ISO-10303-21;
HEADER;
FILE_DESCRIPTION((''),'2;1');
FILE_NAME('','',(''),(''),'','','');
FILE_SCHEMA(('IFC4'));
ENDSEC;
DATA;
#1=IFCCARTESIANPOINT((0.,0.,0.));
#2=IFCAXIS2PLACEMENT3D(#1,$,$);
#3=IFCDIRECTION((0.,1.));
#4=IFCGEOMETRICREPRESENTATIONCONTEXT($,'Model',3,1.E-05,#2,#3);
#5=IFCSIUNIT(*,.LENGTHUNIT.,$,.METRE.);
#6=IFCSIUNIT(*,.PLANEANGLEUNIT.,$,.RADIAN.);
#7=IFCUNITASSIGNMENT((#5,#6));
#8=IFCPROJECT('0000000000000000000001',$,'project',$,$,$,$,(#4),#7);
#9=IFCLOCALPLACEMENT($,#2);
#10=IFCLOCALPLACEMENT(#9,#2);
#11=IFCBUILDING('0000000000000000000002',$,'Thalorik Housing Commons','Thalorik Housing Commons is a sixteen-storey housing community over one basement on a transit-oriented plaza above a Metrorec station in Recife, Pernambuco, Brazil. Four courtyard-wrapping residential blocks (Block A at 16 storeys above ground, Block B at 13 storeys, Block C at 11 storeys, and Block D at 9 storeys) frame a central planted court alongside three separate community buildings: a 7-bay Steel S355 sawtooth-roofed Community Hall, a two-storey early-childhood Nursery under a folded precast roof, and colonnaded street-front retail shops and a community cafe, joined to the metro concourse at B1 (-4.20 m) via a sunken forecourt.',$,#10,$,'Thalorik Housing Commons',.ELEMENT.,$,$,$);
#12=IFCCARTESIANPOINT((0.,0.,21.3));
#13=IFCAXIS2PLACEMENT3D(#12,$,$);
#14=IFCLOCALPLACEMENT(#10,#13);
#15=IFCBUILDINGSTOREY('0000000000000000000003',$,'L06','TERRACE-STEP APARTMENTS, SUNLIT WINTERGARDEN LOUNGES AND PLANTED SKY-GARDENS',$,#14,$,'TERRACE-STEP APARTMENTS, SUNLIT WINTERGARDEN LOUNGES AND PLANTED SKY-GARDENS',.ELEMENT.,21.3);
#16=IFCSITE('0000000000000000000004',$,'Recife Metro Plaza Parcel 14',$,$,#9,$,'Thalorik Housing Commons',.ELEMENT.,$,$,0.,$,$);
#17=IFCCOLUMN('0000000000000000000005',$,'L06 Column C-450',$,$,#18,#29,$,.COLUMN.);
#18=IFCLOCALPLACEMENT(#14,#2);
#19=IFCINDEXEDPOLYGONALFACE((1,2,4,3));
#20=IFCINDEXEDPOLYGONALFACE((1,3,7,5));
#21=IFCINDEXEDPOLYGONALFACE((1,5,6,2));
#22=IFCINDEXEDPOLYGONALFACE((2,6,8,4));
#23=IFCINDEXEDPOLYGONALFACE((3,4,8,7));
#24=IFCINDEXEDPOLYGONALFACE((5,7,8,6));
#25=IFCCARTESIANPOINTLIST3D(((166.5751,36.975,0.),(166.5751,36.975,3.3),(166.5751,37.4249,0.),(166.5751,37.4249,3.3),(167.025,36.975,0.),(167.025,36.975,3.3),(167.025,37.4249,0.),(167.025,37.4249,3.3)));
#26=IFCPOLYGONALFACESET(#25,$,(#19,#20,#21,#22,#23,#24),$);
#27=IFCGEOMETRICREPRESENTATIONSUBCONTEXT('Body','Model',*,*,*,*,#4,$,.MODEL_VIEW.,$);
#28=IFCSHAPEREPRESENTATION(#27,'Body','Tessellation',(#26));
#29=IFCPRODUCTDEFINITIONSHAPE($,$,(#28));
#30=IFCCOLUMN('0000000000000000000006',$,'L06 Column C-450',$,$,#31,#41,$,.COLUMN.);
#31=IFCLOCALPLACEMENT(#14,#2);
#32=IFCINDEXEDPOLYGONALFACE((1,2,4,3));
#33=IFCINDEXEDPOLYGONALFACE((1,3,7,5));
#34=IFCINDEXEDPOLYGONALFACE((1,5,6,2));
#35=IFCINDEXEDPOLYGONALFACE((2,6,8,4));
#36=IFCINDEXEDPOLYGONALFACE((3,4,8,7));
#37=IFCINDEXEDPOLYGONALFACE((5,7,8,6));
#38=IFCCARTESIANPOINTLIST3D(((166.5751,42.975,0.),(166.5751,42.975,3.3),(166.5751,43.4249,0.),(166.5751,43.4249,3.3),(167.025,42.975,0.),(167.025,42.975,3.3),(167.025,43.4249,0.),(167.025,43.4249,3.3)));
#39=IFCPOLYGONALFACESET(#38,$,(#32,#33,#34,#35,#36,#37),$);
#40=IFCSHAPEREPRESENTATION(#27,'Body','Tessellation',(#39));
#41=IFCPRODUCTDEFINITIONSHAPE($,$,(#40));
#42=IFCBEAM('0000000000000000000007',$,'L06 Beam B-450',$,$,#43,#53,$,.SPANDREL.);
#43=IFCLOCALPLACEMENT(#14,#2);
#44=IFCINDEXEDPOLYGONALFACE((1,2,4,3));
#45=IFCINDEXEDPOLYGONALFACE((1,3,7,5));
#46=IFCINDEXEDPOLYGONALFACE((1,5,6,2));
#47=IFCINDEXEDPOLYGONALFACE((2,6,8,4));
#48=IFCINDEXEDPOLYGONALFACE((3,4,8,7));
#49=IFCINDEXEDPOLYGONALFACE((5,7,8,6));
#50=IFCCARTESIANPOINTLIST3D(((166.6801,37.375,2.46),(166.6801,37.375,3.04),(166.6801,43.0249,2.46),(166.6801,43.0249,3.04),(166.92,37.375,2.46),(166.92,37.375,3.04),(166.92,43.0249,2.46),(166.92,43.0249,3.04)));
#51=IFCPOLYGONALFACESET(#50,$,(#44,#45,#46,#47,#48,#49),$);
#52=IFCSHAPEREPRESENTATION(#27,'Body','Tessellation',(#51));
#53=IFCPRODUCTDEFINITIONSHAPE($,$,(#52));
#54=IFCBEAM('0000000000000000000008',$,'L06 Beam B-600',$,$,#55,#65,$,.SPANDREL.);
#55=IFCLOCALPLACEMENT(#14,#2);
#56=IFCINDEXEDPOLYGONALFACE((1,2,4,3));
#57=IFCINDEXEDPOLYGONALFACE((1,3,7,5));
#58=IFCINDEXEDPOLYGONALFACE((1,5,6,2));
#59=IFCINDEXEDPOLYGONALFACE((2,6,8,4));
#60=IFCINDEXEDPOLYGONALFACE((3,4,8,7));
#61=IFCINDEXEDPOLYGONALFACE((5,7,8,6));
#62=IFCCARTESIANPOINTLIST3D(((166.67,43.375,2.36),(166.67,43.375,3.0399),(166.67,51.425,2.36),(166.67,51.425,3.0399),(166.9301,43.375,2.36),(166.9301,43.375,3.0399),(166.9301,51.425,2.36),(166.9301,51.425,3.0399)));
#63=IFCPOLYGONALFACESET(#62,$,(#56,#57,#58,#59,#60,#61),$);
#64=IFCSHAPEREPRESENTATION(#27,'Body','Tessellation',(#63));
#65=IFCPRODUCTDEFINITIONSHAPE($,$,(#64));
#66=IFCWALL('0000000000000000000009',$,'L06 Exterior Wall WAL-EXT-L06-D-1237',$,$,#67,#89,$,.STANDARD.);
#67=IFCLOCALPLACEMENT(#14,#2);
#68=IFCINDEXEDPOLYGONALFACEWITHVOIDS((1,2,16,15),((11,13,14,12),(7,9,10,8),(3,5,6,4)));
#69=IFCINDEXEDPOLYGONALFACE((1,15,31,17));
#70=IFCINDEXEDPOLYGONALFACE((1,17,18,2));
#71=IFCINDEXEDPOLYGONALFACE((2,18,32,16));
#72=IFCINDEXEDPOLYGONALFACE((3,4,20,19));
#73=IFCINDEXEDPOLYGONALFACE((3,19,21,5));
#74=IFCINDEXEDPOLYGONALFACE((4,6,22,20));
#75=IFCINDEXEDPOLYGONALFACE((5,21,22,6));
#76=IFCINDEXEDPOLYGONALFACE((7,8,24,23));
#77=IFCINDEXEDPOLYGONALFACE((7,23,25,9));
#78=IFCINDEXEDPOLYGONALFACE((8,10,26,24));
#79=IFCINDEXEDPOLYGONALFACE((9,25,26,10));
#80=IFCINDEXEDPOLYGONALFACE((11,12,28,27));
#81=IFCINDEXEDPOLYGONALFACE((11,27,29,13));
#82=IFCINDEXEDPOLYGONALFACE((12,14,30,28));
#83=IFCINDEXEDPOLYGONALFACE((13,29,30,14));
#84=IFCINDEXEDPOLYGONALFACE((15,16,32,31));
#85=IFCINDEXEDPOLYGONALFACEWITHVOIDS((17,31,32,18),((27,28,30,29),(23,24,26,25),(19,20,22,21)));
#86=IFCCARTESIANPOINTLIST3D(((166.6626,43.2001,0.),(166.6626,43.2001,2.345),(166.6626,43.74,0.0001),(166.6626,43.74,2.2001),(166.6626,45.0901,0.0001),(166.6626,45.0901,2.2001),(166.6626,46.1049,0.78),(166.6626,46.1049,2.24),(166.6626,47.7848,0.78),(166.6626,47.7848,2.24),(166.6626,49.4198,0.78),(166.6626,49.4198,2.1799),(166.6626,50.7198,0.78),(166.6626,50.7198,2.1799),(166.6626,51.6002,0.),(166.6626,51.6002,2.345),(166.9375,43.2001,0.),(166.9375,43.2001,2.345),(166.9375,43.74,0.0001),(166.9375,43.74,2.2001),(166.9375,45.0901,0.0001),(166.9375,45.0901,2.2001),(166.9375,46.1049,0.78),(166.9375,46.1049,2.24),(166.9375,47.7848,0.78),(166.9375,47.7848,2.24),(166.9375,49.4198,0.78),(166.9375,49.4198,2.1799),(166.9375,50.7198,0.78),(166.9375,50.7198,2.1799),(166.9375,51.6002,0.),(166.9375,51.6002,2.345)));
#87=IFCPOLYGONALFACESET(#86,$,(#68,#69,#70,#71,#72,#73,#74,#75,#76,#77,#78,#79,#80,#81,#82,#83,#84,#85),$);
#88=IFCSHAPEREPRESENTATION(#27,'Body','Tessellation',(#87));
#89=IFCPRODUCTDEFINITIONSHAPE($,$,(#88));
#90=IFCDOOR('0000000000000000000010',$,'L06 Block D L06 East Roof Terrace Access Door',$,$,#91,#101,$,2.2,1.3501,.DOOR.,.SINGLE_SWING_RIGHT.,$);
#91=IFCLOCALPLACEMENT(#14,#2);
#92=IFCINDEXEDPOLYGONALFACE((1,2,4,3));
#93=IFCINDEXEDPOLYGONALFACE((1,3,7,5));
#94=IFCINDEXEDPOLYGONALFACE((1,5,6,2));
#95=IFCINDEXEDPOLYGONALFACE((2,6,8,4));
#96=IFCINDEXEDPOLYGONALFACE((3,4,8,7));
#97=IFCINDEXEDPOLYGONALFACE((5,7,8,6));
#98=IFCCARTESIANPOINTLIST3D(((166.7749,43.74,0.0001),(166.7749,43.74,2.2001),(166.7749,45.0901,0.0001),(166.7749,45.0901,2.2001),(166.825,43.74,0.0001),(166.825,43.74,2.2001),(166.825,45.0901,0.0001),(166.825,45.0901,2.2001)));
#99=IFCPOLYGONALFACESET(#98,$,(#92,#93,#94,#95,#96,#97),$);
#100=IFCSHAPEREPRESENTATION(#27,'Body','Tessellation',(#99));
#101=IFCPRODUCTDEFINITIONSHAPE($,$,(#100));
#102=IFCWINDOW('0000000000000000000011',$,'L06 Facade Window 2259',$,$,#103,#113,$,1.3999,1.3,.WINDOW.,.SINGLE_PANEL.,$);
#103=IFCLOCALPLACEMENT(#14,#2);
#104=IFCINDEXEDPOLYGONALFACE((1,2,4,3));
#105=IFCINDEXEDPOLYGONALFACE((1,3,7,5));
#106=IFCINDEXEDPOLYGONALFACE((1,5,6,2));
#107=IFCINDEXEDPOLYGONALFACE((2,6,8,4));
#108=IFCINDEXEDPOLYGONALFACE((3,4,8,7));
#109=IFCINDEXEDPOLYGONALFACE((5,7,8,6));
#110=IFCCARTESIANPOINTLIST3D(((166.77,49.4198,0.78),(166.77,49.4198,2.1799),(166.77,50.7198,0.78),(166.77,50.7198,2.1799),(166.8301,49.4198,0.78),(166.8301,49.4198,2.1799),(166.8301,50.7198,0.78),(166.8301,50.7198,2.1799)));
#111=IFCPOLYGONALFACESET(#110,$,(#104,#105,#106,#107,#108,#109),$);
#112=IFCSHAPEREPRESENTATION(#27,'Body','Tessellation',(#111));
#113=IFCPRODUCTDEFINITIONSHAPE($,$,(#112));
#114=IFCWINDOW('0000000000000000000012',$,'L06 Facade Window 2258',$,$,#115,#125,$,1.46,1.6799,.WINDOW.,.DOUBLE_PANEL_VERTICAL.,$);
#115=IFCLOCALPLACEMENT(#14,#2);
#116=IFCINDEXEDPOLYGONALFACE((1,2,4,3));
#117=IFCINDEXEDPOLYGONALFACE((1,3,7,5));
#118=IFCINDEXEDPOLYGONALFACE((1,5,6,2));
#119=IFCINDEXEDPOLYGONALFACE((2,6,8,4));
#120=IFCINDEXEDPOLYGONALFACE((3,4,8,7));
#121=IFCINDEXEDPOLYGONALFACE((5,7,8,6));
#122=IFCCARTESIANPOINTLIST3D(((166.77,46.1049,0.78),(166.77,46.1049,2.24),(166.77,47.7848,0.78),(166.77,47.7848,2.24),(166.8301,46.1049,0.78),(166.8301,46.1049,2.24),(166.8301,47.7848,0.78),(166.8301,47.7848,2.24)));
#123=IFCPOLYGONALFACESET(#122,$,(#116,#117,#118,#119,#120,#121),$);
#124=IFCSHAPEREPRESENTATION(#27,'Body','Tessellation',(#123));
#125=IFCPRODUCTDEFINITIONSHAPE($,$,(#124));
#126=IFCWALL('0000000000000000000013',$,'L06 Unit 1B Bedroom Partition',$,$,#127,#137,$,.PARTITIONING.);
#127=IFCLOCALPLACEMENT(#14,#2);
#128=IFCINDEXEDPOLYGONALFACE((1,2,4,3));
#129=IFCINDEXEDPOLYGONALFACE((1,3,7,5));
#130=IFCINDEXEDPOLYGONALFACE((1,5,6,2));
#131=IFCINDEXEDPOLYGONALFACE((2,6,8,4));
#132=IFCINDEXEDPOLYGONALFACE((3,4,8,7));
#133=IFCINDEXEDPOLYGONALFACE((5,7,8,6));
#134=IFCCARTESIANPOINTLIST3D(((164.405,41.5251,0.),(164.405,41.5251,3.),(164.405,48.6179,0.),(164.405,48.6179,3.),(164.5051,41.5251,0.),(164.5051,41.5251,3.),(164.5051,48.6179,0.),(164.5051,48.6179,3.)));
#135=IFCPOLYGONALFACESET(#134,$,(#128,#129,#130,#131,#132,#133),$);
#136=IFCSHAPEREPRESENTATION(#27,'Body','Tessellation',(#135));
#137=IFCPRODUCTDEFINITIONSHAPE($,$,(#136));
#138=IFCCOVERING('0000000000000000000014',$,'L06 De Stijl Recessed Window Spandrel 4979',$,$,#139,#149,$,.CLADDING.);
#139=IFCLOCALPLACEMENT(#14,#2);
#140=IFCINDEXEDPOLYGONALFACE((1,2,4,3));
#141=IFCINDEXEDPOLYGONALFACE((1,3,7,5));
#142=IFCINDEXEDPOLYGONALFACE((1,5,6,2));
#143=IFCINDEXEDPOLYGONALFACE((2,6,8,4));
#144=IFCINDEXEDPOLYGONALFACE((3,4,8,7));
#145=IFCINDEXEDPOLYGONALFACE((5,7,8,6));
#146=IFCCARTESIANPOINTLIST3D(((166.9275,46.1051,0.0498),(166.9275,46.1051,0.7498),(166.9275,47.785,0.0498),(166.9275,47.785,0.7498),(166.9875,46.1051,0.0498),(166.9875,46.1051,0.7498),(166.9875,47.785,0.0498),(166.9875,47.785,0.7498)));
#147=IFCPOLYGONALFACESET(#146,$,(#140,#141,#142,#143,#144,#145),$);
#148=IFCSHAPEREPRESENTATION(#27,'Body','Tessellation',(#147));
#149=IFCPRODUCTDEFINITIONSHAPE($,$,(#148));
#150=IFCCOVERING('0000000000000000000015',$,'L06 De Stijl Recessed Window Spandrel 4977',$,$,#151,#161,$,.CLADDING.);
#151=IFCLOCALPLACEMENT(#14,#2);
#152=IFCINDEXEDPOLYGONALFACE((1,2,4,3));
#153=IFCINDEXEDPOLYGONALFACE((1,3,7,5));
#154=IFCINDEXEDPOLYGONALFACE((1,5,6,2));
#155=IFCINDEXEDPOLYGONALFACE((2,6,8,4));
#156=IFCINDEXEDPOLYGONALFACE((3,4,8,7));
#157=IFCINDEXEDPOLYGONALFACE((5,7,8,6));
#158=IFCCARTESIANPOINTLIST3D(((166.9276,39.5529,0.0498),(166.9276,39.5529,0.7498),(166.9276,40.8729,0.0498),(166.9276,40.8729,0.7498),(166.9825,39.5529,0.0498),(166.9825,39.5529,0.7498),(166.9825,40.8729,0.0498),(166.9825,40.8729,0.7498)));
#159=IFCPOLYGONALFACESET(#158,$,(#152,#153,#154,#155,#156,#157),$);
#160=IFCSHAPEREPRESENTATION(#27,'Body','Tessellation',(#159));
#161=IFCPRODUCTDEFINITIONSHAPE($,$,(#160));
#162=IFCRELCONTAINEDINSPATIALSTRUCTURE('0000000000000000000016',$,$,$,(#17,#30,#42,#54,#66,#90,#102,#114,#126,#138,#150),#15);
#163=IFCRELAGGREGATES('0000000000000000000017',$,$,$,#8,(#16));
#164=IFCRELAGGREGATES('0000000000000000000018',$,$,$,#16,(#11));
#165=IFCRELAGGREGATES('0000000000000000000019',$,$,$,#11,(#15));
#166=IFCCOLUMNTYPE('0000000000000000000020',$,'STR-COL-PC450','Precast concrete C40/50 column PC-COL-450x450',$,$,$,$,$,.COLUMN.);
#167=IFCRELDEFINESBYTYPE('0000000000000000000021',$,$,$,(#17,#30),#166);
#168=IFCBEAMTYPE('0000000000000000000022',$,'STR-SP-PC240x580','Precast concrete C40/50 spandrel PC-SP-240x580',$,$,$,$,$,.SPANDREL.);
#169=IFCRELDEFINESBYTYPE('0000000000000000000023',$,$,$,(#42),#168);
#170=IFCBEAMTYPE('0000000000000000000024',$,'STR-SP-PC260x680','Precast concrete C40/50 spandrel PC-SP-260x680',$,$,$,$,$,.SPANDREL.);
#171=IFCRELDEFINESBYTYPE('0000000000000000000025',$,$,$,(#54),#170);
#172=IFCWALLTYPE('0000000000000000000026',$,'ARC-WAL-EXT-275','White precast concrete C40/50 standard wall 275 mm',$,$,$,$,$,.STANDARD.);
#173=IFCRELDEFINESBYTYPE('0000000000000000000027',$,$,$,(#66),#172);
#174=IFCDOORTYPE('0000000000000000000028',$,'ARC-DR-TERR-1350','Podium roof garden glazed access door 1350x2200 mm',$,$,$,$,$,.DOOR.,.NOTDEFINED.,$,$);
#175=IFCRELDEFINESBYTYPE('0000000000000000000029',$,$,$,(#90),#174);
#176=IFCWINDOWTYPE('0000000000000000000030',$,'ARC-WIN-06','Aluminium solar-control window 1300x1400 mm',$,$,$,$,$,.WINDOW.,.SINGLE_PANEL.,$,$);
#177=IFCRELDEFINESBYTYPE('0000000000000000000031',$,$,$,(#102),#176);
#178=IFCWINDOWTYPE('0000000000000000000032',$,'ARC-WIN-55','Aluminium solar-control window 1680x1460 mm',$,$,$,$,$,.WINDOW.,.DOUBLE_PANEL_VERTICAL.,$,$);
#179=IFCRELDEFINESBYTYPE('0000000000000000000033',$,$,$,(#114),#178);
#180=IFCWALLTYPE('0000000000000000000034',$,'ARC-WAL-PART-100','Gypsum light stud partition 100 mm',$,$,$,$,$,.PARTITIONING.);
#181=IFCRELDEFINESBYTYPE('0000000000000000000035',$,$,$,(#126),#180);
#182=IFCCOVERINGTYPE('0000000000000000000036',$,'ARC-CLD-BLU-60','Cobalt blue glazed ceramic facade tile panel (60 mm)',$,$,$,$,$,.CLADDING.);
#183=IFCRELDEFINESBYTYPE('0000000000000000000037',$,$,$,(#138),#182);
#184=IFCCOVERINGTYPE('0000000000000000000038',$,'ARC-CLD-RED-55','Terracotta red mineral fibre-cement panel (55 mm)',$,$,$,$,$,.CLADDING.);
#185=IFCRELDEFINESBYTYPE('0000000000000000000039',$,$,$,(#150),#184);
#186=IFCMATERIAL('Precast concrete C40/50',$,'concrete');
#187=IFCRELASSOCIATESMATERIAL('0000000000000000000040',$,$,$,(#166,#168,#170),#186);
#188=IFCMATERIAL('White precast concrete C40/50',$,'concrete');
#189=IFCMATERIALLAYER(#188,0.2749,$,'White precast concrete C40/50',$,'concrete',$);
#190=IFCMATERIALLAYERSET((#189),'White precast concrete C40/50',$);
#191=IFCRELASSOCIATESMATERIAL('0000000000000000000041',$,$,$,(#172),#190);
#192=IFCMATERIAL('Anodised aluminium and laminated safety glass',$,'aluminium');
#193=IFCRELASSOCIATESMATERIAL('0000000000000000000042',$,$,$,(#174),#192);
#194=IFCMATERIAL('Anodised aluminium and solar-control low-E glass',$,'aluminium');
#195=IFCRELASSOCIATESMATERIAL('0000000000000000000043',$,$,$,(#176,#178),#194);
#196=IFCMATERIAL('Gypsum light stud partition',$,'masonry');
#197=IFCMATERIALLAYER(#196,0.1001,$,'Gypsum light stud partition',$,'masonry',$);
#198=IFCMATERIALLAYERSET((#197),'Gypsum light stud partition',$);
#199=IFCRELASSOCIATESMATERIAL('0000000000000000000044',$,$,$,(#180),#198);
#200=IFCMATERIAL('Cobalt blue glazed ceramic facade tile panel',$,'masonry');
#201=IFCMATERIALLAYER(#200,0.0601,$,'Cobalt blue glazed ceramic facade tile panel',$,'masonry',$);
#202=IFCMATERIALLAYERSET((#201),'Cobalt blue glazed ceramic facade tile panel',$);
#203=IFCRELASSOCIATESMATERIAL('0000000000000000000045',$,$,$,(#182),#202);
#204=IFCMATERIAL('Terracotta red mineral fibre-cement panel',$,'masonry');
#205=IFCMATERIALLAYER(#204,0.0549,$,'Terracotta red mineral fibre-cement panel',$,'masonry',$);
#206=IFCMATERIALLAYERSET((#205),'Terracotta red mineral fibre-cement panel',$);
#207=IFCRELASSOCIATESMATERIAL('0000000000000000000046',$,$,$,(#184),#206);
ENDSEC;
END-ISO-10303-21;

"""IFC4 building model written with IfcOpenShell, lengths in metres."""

from ifc_helpers import new_model, si_unit, direction, frame, frame_2d, origin, origin_2d, place, context, subcontext, project, spatial, rectangle, extrude, material, layer, layer_set, material_profile, profile_set, type_object, element, fill, save


model = new_model("IFC4")

# Units and contexts
model_context = context("Model", 3, precision=1e-05, world=origin(), true_north=direction((0.0, 1.0)))
body_context = subcontext(model_context, "Body", "Model", "MODEL_VIEW")
ifc_project = project(units=[si_unit("LENGTHUNIT", "METRE"), si_unit("PLANEANGLEUNIT", "RADIAN")], contexts=[model_context])

# Site, building, storey
site_placement = place(None, origin())
site = spatial("IfcSite", under=ifc_project, at=site_placement, Name="Recife Metro Plaza Parcel 14", LongName="Thalorik Housing Commons", CompositionType="ELEMENT", RefElevation=0.0)
building_placement = place(site_placement, origin())
building = spatial("IfcBuilding", under=site, at=building_placement, Name="Thalorik Housing Commons", Description="Thalorik Housing Commons is a sixteen-storey housing community over one basement on a transit-oriented plaza above a Metrorec station in Recife, Pernambuco, Brazil. Four courtyard-wrapping residential blocks (Block A at 16 storeys above ground, Block B at 13 storeys, Block C at 11 storeys, and Block D at 9 storeys) frame a central planted court alongside three separate community buildings: a 7-bay Steel S355 sawtooth-roofed Community Hall, a two-storey early-childhood Nursery under a folded precast roof, and colonnaded street-front retail shops and a community cafe, joined to the metro concourse at B1 (-4.20 m) via a sunken forecourt.", LongName="Thalorik Housing Commons", CompositionType="ELEMENT")
storey_placement = place(building_placement, frame((0.0, 0.0, 21.3)))
storey = spatial("IfcBuildingStorey", under=building, at=storey_placement, Name="L06", Description="TERRACE-STEP APARTMENTS, SUNLIT WINTERGARDEN LOUNGES AND PLANTED SKY-GARDENS", LongName="TERRACE-STEP APARTMENTS, SUNLIT WINTERGARDEN LOUNGES AND PLANTED SKY-GARDENS", CompositionType="ELEMENT", Elevation=21.3)

# Columns
ifc_material_1 = material(Name="Precast concrete C40/50", Category="concrete")
ifc_material_profile_1 = material_profile(ifc_material_1, rectangle(XDim=0.45, YDim=0.45, at=origin_2d()), Name="PC 450x450", Category="concrete")
ifc_profile_set_1 = profile_set([ifc_material_profile_1], Name="Precast concrete C40/50")
column_type = type_object("IfcColumnType", Name="STR-COL-PC450", Description="Precast concrete C40/50 column PC-COL-450x450", PredefinedType="COLUMN", material=ifc_profile_set_1)
for number, where, z_axis, x_axis, name in (
    (1, (166.8, 37.2, 0.0), (0.0, 0.0, 1.0), (1.0, 0.0, 0.0), "L06 Column C-450"),
    (2, (166.8, 43.2, 0.0), (0.0, 0.0, 1.0), (1.0, 0.0, 0.0), "L06 Column C-450"),
):
    element("IfcColumn", number, at=place(storey_placement, frame(where, z_axis=z_axis, x_axis=x_axis)), inside=storey, type_object=column_type, Name=name, PredefinedType="COLUMN", context=body_context, shape_type="SweptSolid", body=[
        extrude(rectangle(XDim=0.45, YDim=0.45, at=origin_2d()), origin(), (0.0, 0.0, 1.0), 3.3),
    ])

# Beams
ifc_material_profile_2 = material_profile(ifc_material_1, rectangle(XDim=0.24, YDim=0.5801, at=origin_2d()), Name="PC SP 240x580", Category="concrete")
ifc_profile_set_2 = profile_set([ifc_material_profile_2], Name="Precast concrete C40/50")
beam_type_1 = type_object("IfcBeamType", Name="STR-SP-PC240x580", Description="Precast concrete C40/50 spandrel PC-SP-240x580", PredefinedType="SPANDREL", material=ifc_profile_set_2)
beam_1_placement = place(storey_placement, frame((166.8, 37.375, 2.75), z_axis=(0.0, 1.0, 0.0), x_axis=(-1.0, 0.0, 0.0)))
element("IfcBeam", 3, at=beam_1_placement, inside=storey, type_object=beam_type_1, Name="L06 Beam B-450", PredefinedType="SPANDREL", context=body_context, shape_type="SweptSolid", body=[
    extrude(rectangle(XDim=0.24, YDim=0.5801, at=origin_2d()), origin(), (0.0, 0.0, 1.0), 5.6499),
])
ifc_material_profile_3 = material_profile(ifc_material_1, rectangle(XDim=0.26, YDim=0.6799, at=origin_2d()), Name="PC SP 260x680", Category="concrete")
ifc_profile_set_3 = profile_set([ifc_material_profile_3], Name="Precast concrete C40/50")
beam_type_2 = type_object("IfcBeamType", Name="STR-SP-PC260x680", Description="Precast concrete C40/50 spandrel PC-SP-260x680", PredefinedType="SPANDREL", material=ifc_profile_set_3)
beam_2_placement = place(storey_placement, frame((166.8, 43.375, 2.7), z_axis=(0.0, 1.0, 0.0), x_axis=(-1.0, 0.0, 0.0)))
element("IfcBeam", 4, at=beam_2_placement, inside=storey, type_object=beam_type_2, Name="L06 Beam B-600", PredefinedType="SPANDREL", context=body_context, shape_type="SweptSolid", body=[
    extrude(rectangle(XDim=0.26, YDim=0.6799, at=origin_2d()), origin(), (0.0, 0.0, 1.0), 8.05),
])

# Wall, openings, door, windows
ifc_material_2 = material(Name="White precast concrete C40/50", Category="concrete")
ifc_layer_1 = layer(ifc_material_2, 0.2749, Name="White precast concrete C40/50", Category="concrete")
ifc_layer_set_1 = layer_set([ifc_layer_1], Name="White precast concrete C40/50")
wall_type_1 = type_object("IfcWallType", Name="ARC-WAL-EXT-275", Description="White precast concrete C40/50 standard wall 275 mm", PredefinedType="STANDARD", material=ifc_layer_set_1)
ifc_material_3 = material(Name="Anodised aluminium and laminated safety glass", Category="aluminium")
ifc_material_4 = material(Name="Anodised aluminium and solar-control low-E glass", Category="aluminium")
wall_1_placement = place(storey_placement, frame((166.8, 43.2, 0.0), z_axis=(0.0, 0.0, 1.0), x_axis=(0.0, 1.0, 0.0)))
wall_1 = element("IfcWall", 5, at=wall_1_placement, inside=storey, type_object=wall_type_1, Name="L06 Exterior Wall WAL-EXT-L06-D-1237", PredefinedType="STANDARD", context=body_context, shape_type="SweptSolid", body=[
    extrude(rectangle(XDim=8.4001, YDim=0.2749, at=frame_2d((4.2002, 0.0))), origin(), (0.0, 0.0, 1.0), 2.345),
])
opening_1_placement = place(wall_1_placement, frame((0.54, 0.0, 0.0)))
opening_1 = element("IfcOpeningElement", 6, at=opening_1_placement, cuts=wall_1, PredefinedType="OPENING", context=body_context, shape_type="SweptSolid", body=[
    extrude(rectangle(XDim=1.3501, YDim=2.2, at=frame_2d((0.675, 1.1001))), frame((0.0, 0.1475, 0.0), z_axis=(0.0, -1.0, 0.0), x_axis=(1.0, 0.0, 0.0)), (0.0, 0.0, 1.0), 0.2949),
])
opening_2_placement = place(wall_1_placement, frame((2.905, 0.0, 0.78)))
opening_2 = element("IfcOpeningElement", 7, at=opening_2_placement, cuts=wall_1, PredefinedType="OPENING", context=body_context, shape_type="SweptSolid", body=[
    extrude(rectangle(XDim=1.6799, YDim=1.46, at=frame_2d((0.8398, 0.73))), frame((0.0, 0.1475, 0.0), z_axis=(0.0, -1.0, 0.0), x_axis=(1.0, 0.0, 0.0)), (0.0, 0.0, 1.0), 0.2949),
])
opening_3_placement = place(wall_1_placement, frame((6.22, 0.0, 0.78)))
opening_3 = element("IfcOpeningElement", 8, at=opening_3_placement, cuts=wall_1, PredefinedType="OPENING", context=body_context, shape_type="SweptSolid", body=[
    extrude(rectangle(XDim=1.3, YDim=1.3999, at=frame_2d((0.6499, 0.7))), frame((0.0, 0.1475, 0.0), z_axis=(0.0, -1.0, 0.0), x_axis=(1.0, 0.0, 0.0)), (0.0, 0.0, 1.0), 0.2949),
])
door_type_1 = type_object("IfcDoorType", Name="ARC-DR-TERR-1350", Description="Podium roof garden glazed access door 1350x2200 mm", OperationType="NOTDEFINED", PredefinedType="DOOR", material=ifc_material_3)
door_1_placement = place(opening_1_placement, frame((1.3501, 0.0, 0.0), z_axis=(0.0, 0.0, 1.0), x_axis=(-1.0, 0.0, 0.0)))
door_1 = element("IfcDoor", 9, at=door_1_placement, inside=storey, type_object=door_type_1, Name="L06 Block D L06 East Roof Terrace Access Door", OperationType="SINGLE_SWING_RIGHT", OverallHeight=2.2, OverallWidth=1.3501, PredefinedType="DOOR", context=body_context, shape_type="SweptSolid", body=[
    extrude(rectangle(XDim=1.3501, YDim=2.2, at=frame_2d((0.675, 1.1001))), frame((0.0, 0.0249, 0.0), z_axis=(0.0, -1.0, 0.0), x_axis=(1.0, 0.0, 0.0)), (0.0, 0.0, 1.0), 0.05),
])
fill(opening_1, door_1)
window_type_1 = type_object("IfcWindowType", Name="ARC-WIN-06", Description="Aluminium solar-control window 1300x1400 mm", PartitioningType="SINGLE_PANEL", PredefinedType="WINDOW", material=ifc_material_4)
window_1_placement = place(opening_3_placement, origin())
window_1 = element("IfcWindow", 10, at=window_1_placement, inside=storey, type_object=window_type_1, Name="L06 Facade Window 2259", OverallHeight=1.3999, OverallWidth=1.3, PartitioningType="SINGLE_PANEL", PredefinedType="WINDOW", context=body_context, shape_type="SweptSolid", body=[
    extrude(rectangle(XDim=1.3, YDim=1.3999, at=frame_2d((0.6499, 0.7))), frame((0.0, 0.03, 0.0), z_axis=(0.0, -1.0, 0.0), x_axis=(1.0, 0.0, 0.0)), (0.0, 0.0, 1.0), 0.0601),
])
fill(opening_3, window_1)
window_type_2 = type_object("IfcWindowType", Name="ARC-WIN-55", Description="Aluminium solar-control window 1680x1460 mm", PartitioningType="DOUBLE_PANEL_VERTICAL", PredefinedType="WINDOW", material=ifc_material_4)
window_2_placement = place(opening_2_placement, origin())
window_2 = element("IfcWindow", 11, at=window_2_placement, inside=storey, type_object=window_type_2, Name="L06 Facade Window 2258", OverallHeight=1.46, OverallWidth=1.6799, PartitioningType="DOUBLE_PANEL_VERTICAL", PredefinedType="WINDOW", context=body_context, shape_type="SweptSolid", body=[
    extrude(rectangle(XDim=1.6799, YDim=1.46, at=frame_2d((0.8398, 0.73))), frame((0.0, 0.03, 0.0), z_axis=(0.0, -1.0, 0.0), x_axis=(1.0, 0.0, 0.0)), (0.0, 0.0, 1.0), 0.0601),
])
fill(opening_2, window_2)

# Wall
ifc_material_5 = material(Name="Gypsum light stud partition", Category="masonry")
ifc_layer_2 = layer(ifc_material_5, 0.1001, Name="Gypsum light stud partition", Category="masonry")
ifc_layer_set_2 = layer_set([ifc_layer_2], Name="Gypsum light stud partition")
wall_type_2 = type_object("IfcWallType", Name="ARC-WAL-PART-100", Description="Gypsum light stud partition 100 mm", PredefinedType="PARTITIONING", material=ifc_layer_set_2)
wall_2_placement = place(storey_placement, frame((164.4551, 41.5251, 0.0), z_axis=(0.0, 0.0, 1.0), x_axis=(0.0, 1.0, 0.0)))
element("IfcWall", 12, at=wall_2_placement, inside=storey, type_object=wall_type_2, Name="L06 Unit 1B Bedroom Partition", PredefinedType="PARTITIONING", context=body_context, shape_type="SweptSolid", body=[
    extrude(rectangle(XDim=7.0928, YDim=0.1001, at=frame_2d((3.5464, 0.0))), origin(), (0.0, 0.0, 1.0), 3.0),
])

# Coverings
ifc_material_6 = material(Name="Cobalt blue glazed ceramic facade tile panel", Category="masonry")
ifc_layer_3 = layer(ifc_material_6, 0.0601, Name="Cobalt blue glazed ceramic facade tile panel", Category="masonry")
ifc_layer_set_3 = layer_set([ifc_layer_3], Name="Cobalt blue glazed ceramic facade tile panel")
covering_type_1 = type_object("IfcCoveringType", Name="ARC-CLD-BLU-60", Description="Cobalt blue glazed ceramic facade tile panel (60 mm)", PredefinedType="CLADDING", material=ifc_layer_set_3)
covering_1_placement = place(storey_placement, frame((166.9575, 46.9451, 0.0498), z_axis=(0.0, 0.0, 1.0), x_axis=(0.0, 1.0, 0.0)))
element("IfcCovering", 13, at=covering_1_placement, inside=storey, type_object=covering_type_1, Name="L06 De Stijl Recessed Window Spandrel 4979", PredefinedType="CLADDING", context=body_context, shape_type="SweptSolid", body=[
    extrude(rectangle(XDim=1.6799, YDim=0.0601, at=origin_2d()), origin(), (0.0, 0.0, 1.0), 0.7),
])
ifc_material_7 = material(Name="Terracotta red mineral fibre-cement panel", Category="masonry")
ifc_layer_4 = layer(ifc_material_7, 0.0549, Name="Terracotta red mineral fibre-cement panel", Category="masonry")
ifc_layer_set_4 = layer_set([ifc_layer_4], Name="Terracotta red mineral fibre-cement panel")
covering_type_2 = type_object("IfcCoveringType", Name="ARC-CLD-RED-55", Description="Terracotta red mineral fibre-cement panel (55 mm)", PredefinedType="CLADDING", material=ifc_layer_set_4)
covering_2_placement = place(storey_placement, frame((166.9551, 40.2129, 0.0498), z_axis=(0.0, 0.0, 1.0), x_axis=(0.0, 1.0, 0.0)))
element("IfcCovering", 14, at=covering_2_placement, inside=storey, type_object=covering_type_2, Name="L06 De Stijl Recessed Window Spandrel 4977", PredefinedType="CLADDING", context=body_context, shape_type="SweptSolid", body=[
    extrude(rectangle(XDim=1.3201, YDim=0.0549, at=origin_2d()), origin(), (0.0, 0.0, 1.0), 0.7),
])

save(model, "model.ifc")
